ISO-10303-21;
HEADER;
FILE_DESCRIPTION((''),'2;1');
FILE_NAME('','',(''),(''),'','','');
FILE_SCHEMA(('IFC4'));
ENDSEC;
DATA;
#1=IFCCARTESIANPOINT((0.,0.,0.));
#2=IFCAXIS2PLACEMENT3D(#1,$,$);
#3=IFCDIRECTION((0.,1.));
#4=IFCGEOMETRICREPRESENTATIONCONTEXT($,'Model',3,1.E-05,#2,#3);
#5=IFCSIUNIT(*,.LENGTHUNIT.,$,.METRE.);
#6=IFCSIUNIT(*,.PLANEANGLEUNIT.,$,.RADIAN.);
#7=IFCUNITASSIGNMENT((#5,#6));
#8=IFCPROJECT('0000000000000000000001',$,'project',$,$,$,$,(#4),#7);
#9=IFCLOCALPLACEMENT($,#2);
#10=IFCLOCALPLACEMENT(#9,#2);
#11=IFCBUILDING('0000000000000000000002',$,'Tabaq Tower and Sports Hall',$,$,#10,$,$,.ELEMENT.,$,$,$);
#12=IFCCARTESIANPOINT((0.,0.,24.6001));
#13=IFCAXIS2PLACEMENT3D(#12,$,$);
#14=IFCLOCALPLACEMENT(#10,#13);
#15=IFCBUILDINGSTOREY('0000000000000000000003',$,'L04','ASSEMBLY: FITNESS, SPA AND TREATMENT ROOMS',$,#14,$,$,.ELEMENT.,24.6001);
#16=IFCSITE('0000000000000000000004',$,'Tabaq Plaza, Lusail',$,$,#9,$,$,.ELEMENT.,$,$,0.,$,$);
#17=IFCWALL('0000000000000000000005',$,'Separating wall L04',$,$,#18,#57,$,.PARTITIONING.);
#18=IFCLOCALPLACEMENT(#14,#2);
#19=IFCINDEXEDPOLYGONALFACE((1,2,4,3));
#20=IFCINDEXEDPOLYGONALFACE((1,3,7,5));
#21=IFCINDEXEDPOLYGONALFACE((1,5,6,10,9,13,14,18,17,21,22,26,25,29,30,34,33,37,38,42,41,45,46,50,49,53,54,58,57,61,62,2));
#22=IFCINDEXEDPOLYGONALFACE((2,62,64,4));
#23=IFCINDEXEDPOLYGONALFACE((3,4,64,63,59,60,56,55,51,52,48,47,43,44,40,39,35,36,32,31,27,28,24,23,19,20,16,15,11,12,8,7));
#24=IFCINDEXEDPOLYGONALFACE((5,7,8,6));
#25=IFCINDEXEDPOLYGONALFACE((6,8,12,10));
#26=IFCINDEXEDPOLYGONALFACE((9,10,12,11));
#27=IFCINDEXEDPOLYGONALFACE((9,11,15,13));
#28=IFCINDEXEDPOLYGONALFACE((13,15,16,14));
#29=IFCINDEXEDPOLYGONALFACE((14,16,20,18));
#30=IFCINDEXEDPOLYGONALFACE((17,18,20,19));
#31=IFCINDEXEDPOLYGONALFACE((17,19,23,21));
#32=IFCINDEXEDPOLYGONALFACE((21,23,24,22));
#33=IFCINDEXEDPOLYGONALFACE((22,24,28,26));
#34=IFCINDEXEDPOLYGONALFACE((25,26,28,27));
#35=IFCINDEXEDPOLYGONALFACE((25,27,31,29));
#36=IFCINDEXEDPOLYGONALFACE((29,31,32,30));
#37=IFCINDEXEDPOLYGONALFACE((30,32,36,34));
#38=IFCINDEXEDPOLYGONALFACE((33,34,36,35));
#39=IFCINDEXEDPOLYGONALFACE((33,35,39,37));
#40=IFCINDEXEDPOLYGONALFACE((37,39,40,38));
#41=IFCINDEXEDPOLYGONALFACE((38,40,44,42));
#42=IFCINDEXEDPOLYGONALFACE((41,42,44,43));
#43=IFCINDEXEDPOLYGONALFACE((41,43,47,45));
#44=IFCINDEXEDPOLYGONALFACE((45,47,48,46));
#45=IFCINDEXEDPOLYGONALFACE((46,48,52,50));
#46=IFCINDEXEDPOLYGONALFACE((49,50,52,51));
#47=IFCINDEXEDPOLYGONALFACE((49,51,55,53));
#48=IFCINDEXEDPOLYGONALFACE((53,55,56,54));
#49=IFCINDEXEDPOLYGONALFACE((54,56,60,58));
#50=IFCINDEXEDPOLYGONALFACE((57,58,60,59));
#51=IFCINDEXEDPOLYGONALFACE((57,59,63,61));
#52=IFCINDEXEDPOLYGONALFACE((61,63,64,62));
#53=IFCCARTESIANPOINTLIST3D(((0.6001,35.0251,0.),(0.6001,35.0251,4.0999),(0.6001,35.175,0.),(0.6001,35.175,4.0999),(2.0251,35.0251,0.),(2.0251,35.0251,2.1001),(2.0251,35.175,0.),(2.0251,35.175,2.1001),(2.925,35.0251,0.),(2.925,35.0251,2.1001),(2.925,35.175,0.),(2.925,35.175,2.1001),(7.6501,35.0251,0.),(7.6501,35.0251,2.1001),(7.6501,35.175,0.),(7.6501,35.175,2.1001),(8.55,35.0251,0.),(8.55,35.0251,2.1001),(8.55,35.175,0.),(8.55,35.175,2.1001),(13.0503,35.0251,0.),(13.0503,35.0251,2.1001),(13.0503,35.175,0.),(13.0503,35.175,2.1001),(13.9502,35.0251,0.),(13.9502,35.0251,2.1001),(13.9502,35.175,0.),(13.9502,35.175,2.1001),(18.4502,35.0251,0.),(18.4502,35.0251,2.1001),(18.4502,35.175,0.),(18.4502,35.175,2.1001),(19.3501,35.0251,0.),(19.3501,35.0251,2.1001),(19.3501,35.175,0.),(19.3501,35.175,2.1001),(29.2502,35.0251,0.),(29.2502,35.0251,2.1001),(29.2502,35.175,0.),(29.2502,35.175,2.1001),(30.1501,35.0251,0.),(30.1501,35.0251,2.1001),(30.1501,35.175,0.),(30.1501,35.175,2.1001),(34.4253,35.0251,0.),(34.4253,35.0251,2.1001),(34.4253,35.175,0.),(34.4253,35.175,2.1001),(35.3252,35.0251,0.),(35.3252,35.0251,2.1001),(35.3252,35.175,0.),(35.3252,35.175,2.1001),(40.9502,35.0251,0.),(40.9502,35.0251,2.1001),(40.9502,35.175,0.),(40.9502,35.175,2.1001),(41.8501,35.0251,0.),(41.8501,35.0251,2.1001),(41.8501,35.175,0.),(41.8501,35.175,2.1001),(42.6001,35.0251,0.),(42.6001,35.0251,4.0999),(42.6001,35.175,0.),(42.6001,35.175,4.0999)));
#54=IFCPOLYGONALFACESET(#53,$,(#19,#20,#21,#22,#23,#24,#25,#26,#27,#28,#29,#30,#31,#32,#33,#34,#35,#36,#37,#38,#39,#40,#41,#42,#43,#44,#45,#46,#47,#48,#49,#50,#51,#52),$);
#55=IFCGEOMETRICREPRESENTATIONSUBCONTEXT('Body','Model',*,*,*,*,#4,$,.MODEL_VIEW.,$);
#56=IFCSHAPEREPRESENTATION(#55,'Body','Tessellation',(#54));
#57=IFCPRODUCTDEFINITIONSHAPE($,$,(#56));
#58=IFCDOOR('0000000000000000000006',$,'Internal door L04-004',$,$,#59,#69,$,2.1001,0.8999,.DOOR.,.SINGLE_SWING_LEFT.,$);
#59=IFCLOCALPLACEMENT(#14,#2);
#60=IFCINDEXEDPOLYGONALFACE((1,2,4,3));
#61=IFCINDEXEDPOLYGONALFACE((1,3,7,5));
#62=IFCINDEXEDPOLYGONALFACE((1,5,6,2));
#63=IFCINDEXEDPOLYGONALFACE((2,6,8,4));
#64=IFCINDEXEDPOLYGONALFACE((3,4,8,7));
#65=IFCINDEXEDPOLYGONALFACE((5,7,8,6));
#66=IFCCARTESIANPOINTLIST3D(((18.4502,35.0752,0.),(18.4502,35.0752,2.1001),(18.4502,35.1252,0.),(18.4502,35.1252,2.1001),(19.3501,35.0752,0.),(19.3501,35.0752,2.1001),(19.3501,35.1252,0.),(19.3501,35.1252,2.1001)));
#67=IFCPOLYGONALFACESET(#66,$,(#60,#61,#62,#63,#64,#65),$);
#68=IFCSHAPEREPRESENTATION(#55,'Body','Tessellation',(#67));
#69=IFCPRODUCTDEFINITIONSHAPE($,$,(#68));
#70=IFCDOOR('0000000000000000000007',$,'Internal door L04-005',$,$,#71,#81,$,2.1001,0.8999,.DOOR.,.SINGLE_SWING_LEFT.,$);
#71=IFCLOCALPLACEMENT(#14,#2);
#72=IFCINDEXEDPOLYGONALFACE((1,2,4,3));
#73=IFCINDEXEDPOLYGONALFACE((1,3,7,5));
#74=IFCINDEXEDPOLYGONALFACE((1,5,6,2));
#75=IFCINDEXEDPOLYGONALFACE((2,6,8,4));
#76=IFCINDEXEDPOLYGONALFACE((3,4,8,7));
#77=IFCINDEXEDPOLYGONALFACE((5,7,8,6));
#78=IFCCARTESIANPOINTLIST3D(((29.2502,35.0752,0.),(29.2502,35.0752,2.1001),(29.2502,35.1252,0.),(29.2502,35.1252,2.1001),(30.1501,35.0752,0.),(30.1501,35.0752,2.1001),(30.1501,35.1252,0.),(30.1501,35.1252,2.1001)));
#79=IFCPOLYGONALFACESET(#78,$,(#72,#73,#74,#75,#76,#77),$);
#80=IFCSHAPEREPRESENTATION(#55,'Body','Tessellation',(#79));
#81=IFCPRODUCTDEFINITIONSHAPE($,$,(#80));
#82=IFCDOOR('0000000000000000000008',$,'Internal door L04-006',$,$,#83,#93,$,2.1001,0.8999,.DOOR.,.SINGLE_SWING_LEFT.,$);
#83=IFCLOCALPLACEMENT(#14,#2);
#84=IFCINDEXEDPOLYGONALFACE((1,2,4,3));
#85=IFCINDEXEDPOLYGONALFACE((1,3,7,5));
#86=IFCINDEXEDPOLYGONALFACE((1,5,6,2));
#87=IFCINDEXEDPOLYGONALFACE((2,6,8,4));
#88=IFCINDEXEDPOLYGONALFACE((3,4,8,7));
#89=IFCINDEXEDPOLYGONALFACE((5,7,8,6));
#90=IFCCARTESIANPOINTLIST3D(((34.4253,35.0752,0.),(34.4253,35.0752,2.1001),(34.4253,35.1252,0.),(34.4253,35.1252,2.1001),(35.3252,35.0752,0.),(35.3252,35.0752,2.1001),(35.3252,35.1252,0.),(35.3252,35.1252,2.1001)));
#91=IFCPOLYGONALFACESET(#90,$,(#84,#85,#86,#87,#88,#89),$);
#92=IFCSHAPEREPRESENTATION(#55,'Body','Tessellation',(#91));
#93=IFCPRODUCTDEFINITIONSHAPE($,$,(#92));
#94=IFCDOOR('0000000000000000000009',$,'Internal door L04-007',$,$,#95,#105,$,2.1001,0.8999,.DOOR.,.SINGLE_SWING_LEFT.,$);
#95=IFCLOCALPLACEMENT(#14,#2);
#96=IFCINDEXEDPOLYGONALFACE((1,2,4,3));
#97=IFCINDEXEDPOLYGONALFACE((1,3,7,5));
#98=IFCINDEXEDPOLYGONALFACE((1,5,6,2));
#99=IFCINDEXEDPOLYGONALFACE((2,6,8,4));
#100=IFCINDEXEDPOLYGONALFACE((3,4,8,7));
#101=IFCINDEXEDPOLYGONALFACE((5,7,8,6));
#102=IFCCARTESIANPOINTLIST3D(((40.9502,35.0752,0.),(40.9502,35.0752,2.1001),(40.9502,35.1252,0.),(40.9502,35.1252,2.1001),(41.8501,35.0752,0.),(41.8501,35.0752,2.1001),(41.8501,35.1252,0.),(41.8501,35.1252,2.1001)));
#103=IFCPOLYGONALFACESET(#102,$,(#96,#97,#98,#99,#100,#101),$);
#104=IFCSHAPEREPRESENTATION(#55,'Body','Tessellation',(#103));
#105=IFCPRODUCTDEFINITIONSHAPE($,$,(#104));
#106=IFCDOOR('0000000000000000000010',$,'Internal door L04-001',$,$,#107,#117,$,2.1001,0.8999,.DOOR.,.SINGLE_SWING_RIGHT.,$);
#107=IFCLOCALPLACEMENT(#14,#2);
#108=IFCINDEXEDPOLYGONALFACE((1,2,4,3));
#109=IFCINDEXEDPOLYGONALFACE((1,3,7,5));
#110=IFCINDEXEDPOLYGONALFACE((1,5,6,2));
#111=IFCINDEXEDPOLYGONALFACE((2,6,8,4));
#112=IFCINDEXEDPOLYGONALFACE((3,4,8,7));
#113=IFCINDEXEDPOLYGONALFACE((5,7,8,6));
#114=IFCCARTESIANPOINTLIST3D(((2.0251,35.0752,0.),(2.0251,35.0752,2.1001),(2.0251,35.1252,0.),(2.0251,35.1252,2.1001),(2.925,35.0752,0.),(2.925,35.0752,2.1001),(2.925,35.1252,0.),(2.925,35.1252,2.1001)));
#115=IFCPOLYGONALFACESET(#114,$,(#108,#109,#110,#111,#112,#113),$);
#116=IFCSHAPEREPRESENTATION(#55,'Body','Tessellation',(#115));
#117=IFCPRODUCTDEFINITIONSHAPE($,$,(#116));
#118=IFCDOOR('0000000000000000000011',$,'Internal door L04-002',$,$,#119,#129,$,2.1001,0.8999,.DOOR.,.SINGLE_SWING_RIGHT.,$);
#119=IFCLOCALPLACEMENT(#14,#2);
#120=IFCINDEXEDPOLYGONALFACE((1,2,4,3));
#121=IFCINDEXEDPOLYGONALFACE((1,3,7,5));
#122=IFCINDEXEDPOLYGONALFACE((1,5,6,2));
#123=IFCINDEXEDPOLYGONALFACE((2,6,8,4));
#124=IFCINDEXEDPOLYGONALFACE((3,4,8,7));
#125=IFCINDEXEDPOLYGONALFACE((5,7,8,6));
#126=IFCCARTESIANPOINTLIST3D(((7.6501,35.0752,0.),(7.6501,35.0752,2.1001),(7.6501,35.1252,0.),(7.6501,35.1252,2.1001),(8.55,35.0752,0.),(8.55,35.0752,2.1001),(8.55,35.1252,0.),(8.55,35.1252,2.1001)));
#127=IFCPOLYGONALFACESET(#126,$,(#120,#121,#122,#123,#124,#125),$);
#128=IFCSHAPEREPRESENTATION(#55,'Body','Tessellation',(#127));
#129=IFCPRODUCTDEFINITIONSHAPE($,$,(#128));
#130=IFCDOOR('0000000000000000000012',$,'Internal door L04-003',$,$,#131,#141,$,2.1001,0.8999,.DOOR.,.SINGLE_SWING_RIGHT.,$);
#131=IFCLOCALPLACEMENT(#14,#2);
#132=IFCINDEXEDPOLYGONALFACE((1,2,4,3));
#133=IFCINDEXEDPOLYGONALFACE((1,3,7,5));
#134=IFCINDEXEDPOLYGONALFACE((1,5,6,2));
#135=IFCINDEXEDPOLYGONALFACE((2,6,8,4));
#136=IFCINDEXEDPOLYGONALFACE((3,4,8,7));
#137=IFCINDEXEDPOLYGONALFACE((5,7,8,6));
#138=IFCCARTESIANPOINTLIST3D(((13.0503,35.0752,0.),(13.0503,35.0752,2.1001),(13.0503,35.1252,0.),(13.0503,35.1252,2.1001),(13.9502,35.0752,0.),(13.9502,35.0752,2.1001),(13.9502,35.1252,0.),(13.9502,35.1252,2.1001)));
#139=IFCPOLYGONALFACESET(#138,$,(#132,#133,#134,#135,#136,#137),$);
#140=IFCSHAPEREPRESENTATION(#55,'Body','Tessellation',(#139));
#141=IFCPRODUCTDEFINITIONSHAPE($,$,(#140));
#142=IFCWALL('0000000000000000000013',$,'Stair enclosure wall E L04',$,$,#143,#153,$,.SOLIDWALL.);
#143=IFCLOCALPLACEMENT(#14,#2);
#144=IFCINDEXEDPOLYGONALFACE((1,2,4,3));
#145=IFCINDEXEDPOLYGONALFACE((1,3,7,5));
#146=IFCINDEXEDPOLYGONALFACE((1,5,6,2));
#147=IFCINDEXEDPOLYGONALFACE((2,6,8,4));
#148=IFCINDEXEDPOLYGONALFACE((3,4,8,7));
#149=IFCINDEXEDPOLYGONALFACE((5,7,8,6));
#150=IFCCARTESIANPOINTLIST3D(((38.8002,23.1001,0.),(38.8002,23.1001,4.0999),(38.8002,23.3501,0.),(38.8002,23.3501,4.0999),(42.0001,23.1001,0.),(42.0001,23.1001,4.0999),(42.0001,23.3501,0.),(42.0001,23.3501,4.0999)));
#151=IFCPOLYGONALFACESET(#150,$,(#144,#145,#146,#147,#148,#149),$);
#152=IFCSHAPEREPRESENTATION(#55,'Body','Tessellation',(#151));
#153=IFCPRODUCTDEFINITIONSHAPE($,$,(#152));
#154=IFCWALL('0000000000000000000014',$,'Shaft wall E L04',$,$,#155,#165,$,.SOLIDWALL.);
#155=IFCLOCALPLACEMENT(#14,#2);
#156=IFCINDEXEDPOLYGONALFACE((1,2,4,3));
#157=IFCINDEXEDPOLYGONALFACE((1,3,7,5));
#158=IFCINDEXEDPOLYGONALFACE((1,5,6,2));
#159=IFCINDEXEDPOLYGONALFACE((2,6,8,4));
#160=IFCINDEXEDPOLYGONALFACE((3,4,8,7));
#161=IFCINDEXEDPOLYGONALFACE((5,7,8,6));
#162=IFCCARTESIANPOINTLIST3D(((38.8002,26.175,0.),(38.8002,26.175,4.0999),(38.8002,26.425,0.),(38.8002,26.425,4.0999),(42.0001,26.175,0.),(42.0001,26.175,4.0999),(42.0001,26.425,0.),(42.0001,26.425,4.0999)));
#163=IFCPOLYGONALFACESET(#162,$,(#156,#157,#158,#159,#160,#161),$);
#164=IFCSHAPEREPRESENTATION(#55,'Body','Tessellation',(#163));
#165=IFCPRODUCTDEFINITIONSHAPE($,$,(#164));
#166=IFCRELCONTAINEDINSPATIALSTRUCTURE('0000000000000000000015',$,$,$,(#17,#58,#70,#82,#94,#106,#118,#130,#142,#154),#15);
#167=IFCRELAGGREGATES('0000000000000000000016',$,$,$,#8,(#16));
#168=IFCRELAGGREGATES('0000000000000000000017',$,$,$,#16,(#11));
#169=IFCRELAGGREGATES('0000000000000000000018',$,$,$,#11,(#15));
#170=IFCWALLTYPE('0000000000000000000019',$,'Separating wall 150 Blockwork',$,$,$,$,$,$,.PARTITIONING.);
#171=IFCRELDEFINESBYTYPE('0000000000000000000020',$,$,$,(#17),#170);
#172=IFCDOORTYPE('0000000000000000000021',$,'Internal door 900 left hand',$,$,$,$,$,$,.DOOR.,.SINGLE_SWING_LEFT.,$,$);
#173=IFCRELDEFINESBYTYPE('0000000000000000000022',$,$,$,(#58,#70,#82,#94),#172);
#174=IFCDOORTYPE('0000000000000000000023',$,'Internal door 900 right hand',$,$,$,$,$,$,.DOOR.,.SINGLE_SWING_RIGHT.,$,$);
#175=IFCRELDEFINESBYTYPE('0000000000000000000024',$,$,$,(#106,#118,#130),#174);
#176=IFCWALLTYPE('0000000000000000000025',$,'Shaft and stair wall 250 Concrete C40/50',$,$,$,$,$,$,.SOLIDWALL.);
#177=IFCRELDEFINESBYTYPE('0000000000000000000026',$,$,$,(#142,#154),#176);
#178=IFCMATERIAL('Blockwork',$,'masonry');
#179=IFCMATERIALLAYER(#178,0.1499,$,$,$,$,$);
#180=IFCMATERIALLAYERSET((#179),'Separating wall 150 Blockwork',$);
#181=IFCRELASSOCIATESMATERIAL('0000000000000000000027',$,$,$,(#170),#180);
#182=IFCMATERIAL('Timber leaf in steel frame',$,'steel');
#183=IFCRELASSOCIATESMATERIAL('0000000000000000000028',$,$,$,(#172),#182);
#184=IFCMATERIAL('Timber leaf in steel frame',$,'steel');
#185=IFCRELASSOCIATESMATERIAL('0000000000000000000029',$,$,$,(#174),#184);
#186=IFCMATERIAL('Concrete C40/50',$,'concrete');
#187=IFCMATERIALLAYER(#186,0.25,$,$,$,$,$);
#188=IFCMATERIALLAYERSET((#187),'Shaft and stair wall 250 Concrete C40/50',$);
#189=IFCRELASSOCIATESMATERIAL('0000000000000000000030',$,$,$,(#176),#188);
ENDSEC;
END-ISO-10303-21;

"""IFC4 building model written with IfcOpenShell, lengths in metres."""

from ifc_helpers import new_model, si_unit, direction, frame, frame_2d, origin, place, context, subcontext, project, spatial, rectangle, extrude, material, layer, layer_set, type_object, element, fill, save


model = new_model("IFC4")

# Units and contexts
model_context = context("Model", 3, precision=1e-05, world=origin(), true_north=direction((0.0, 1.0)))
body_context = subcontext(model_context, "Body", "Model", "MODEL_VIEW")
ifc_project = project(units=[si_unit("LENGTHUNIT", "METRE"), si_unit("PLANEANGLEUNIT", "RADIAN")], contexts=[model_context])

# Site, building, storey
site_placement = place(None, origin())
site = spatial("IfcSite", under=ifc_project, at=site_placement, Name="Tabaq Plaza, Lusail", CompositionType="ELEMENT", RefElevation=0.0)
building_placement = place(site_placement, origin())
building = spatial("IfcBuilding", under=site, at=building_placement, Name="Tabaq Tower and Sports Hall", CompositionType="ELEMENT")
storey_placement = place(building_placement, frame((0.0, 0.0, 24.6001)))
storey = spatial("IfcBuildingStorey", under=building, at=storey_placement, Name="L04", Description="ASSEMBLY: FITNESS, SPA AND TREATMENT ROOMS", CompositionType="ELEMENT", Elevation=24.6001)

# Wall, openings, doors
ifc_material_1 = material(Name="Blockwork", Category="masonry")
ifc_layer_1 = layer(ifc_material_1, 0.1499)
ifc_layer_set_1 = layer_set([ifc_layer_1], Name="Separating wall 150 Blockwork")
wall_type_1 = type_object("IfcWallType", Name="Separating wall 150 Blockwork", PredefinedType="PARTITIONING", material=ifc_layer_set_1)
wall_1_placement = place(storey_placement, frame((42.6001, 35.1001, 0.0), z_axis=(0.0, 0.0, 1.0), x_axis=(-1.0, 0.0, 0.0)))
wall_1 = element("IfcWall", 1, at=wall_1_placement, inside=storey, type_object=wall_type_1, Name="Separating wall L04", PredefinedType="PARTITIONING", context=body_context, shape_type="SweptSolid", body=[
    extrude(rectangle(XDim=42.0, YDim=0.1499, at=frame_2d((21.0, 0.0))), origin(), (0.0, 0.0, 1.0), 4.0999),
])
opening_1_placement = place(wall_1_placement, frame((39.675, 0.0, 0.0)))
opening_1 = element("IfcOpeningElement", 2, at=opening_1_placement, cuts=wall_1, PredefinedType="OPENING", context=body_context, shape_type="SweptSolid", body=[
    extrude(rectangle(XDim=0.8999, YDim=2.1001, at=frame_2d((0.45, 1.05))), frame((0.0, 0.075, 0.0), z_axis=(0.0, -1.0, 0.0), x_axis=(1.0, 0.0, 0.0)), (0.0, 0.0, 1.0), 0.1499),
])
opening_2_placement = place(wall_1_placement, frame((34.05, 0.0, 0.0)))
opening_2 = element("IfcOpeningElement", 3, at=opening_2_placement, cuts=wall_1, PredefinedType="OPENING", context=body_context, shape_type="SweptSolid", body=[
    extrude(rectangle(XDim=0.8999, YDim=2.1001, at=frame_2d((0.45, 1.05))), frame((0.0, 0.075, 0.0), z_axis=(0.0, -1.0, 0.0), x_axis=(1.0, 0.0, 0.0)), (0.0, 0.0, 1.0), 0.1499),
])
opening_3_placement = place(wall_1_placement, frame((28.6499, 0.0, 0.0)))
opening_3 = element("IfcOpeningElement", 4, at=opening_3_placement, cuts=wall_1, PredefinedType="OPENING", context=body_context, shape_type="SweptSolid", body=[
    extrude(rectangle(XDim=0.8999, YDim=2.1001, at=frame_2d((0.45, 1.05))), frame((0.0, 0.075, 0.0), z_axis=(0.0, -1.0, 0.0), x_axis=(1.0, 0.0, 0.0)), (0.0, 0.0, 1.0), 0.1499),
])
opening_4_placement = place(wall_1_placement, frame((23.25, 0.0, 0.0)))
opening_4 = element("IfcOpeningElement", 5, at=opening_4_placement, cuts=wall_1, PredefinedType="OPENING", context=body_context, shape_type="SweptSolid", body=[
    extrude(rectangle(XDim=0.8999, YDim=2.1001, at=frame_2d((0.45, 1.05))), frame((0.0, 0.075, 0.0), z_axis=(0.0, -1.0, 0.0), x_axis=(1.0, 0.0, 0.0)), (0.0, 0.0, 1.0), 0.1499),
])
opening_5_placement = place(wall_1_placement, frame((12.45, 0.0, 0.0)))
opening_5 = element("IfcOpeningElement", 6, at=opening_5_placement, cuts=wall_1, PredefinedType="OPENING", context=body_context, shape_type="SweptSolid", body=[
    extrude(rectangle(XDim=0.8999, YDim=2.1001, at=frame_2d((0.45, 1.05))), frame((0.0, 0.075, 0.0), z_axis=(0.0, -1.0, 0.0), x_axis=(1.0, 0.0, 0.0)), (0.0, 0.0, 1.0), 0.1499),
])
opening_6_placement = place(wall_1_placement, frame((7.2749, 0.0, 0.0)))
opening_6 = element("IfcOpeningElement", 7, at=opening_6_placement, cuts=wall_1, PredefinedType="OPENING", context=body_context, shape_type="SweptSolid", body=[
    extrude(rectangle(XDim=0.8999, YDim=2.1001, at=frame_2d((0.45, 1.05))), frame((0.0, 0.075, 0.0), z_axis=(0.0, -1.0, 0.0), x_axis=(1.0, 0.0, 0.0)), (0.0, 0.0, 1.0), 0.1499),
])
opening_7_placement = place(wall_1_placement, frame((0.75, 0.0, 0.0)))
opening_7 = element("IfcOpeningElement", 8, at=opening_7_placement, cuts=wall_1, PredefinedType="OPENING", context=body_context, shape_type="SweptSolid", body=[
    extrude(rectangle(XDim=0.8999, YDim=2.1001, at=frame_2d((0.45, 1.05))), frame((0.0, 0.075, 0.0), z_axis=(0.0, -1.0, 0.0), x_axis=(1.0, 0.0, 0.0)), (0.0, 0.0, 1.0), 0.1499),
])
ifc_material_2 = material(Name="Timber leaf in steel frame", Category="steel")
door_type_1 = type_object("IfcDoorType", Name="Internal door 900 left hand", OperationType="SINGLE_SWING_LEFT", PredefinedType="DOOR", material=ifc_material_2)
door_1_placement = place(opening_4_placement, origin())
door_1 = element("IfcDoor", 9, at=door_1_placement, inside=storey, type_object=door_type_1, Name="Internal door L04-004", OperationType="SINGLE_SWING_LEFT", OverallHeight=2.1001, OverallWidth=0.8999, PredefinedType="DOOR", context=body_context, shape_type="SweptSolid", body=[
    extrude(rectangle(XDim=0.8999, YDim=2.1001, at=frame_2d((0.45, 1.05))), frame((0.0, 0.0249, 0.0), z_axis=(0.0, -1.0, 0.0), x_axis=(1.0, 0.0, 0.0)), (0.0, 0.0, 1.0), 0.05),
])
fill(opening_4, door_1)
door_2_placement = place(opening_5_placement, origin())
door_2 = element("IfcDoor", 10, at=door_2_placement, inside=storey, type_object=door_type_1, Name="Internal door L04-005", OperationType="SINGLE_SWING_LEFT", OverallHeight=2.1001, OverallWidth=0.8999, PredefinedType="DOOR", context=body_context, shape_type="SweptSolid", body=[
    extrude(rectangle(XDim=0.8999, YDim=2.1001, at=frame_2d((0.45, 1.05))), frame((0.0, 0.0249, 0.0), z_axis=(0.0, -1.0, 0.0), x_axis=(1.0, 0.0, 0.0)), (0.0, 0.0, 1.0), 0.05),
])
fill(opening_5, door_2)
door_3_placement = place(opening_6_placement, origin())
door_3 = element("IfcDoor", 11, at=door_3_placement, inside=storey, type_object=door_type_1, Name="Internal door L04-006", OperationType="SINGLE_SWING_LEFT", OverallHeight=2.1001, OverallWidth=0.8999, PredefinedType="DOOR", context=body_context, shape_type="SweptSolid", body=[
    extrude(rectangle(XDim=0.8999, YDim=2.1001, at=frame_2d((0.45, 1.05))), frame((0.0, 0.0249, 0.0), z_axis=(0.0, -1.0, 0.0), x_axis=(1.0, 0.0, 0.0)), (0.0, 0.0, 1.0), 0.05),
])
fill(opening_6, door_3)
door_4_placement = place(opening_7_placement, origin())
door_4 = element("IfcDoor", 12, at=door_4_placement, inside=storey, type_object=door_type_1, Name="Internal door L04-007", OperationType="SINGLE_SWING_LEFT", OverallHeight=2.1001, OverallWidth=0.8999, PredefinedType="DOOR", context=body_context, shape_type="SweptSolid", body=[
    extrude(rectangle(XDim=0.8999, YDim=2.1001, at=frame_2d((0.45, 1.05))), frame((0.0, 0.0249, 0.0), z_axis=(0.0, -1.0, 0.0), x_axis=(1.0, 0.0, 0.0)), (0.0, 0.0, 1.0), 0.05),
])
fill(opening_7, door_4)
ifc_material_3 = material(Name="Timber leaf in steel frame", Category="steel")
door_type_2 = type_object("IfcDoorType", Name="Internal door 900 right hand", OperationType="SINGLE_SWING_RIGHT", PredefinedType="DOOR", material=ifc_material_3)
door_5_placement = place(opening_1_placement, origin())
door_5 = element("IfcDoor", 13, at=door_5_placement, inside=storey, type_object=door_type_2, Name="Internal door L04-001", OperationType="SINGLE_SWING_RIGHT", OverallHeight=2.1001, OverallWidth=0.8999, PredefinedType="DOOR", context=body_context, shape_type="SweptSolid", body=[
    extrude(rectangle(XDim=0.8999, YDim=2.1001, at=frame_2d((0.45, 1.05))), frame((0.0, 0.0249, 0.0), z_axis=(0.0, -1.0, 0.0), x_axis=(1.0, 0.0, 0.0)), (0.0, 0.0, 1.0), 0.05),
])
fill(opening_1, door_5)
door_6_placement = place(opening_2_placement, origin())
door_6 = element("IfcDoor", 14, at=door_6_placement, inside=storey, type_object=door_type_2, Name="Internal door L04-002", OperationType="SINGLE_SWING_RIGHT", OverallHeight=2.1001, OverallWidth=0.8999, PredefinedType="DOOR", context=body_context, shape_type="SweptSolid", body=[
    extrude(rectangle(XDim=0.8999, YDim=2.1001, at=frame_2d((0.45, 1.05))), frame((0.0, 0.0249, 0.0), z_axis=(0.0, -1.0, 0.0), x_axis=(1.0, 0.0, 0.0)), (0.0, 0.0, 1.0), 0.05),
])
fill(opening_2, door_6)
door_7_placement = place(opening_3_placement, origin())
door_7 = element("IfcDoor", 15, at=door_7_placement, inside=storey, type_object=door_type_2, Name="Internal door L04-003", OperationType="SINGLE_SWING_RIGHT", OverallHeight=2.1001, OverallWidth=0.8999, PredefinedType="DOOR", context=body_context, shape_type="SweptSolid", body=[
    extrude(rectangle(XDim=0.8999, YDim=2.1001, at=frame_2d((0.45, 1.05))), frame((0.0, 0.0249, 0.0), z_axis=(0.0, -1.0, 0.0), x_axis=(1.0, 0.0, 0.0)), (0.0, 0.0, 1.0), 0.05),
])
fill(opening_3, door_7)

# Walls
ifc_material_4 = material(Name="Concrete C40/50", Category="concrete")
ifc_layer_2 = layer(ifc_material_4, 0.25)
ifc_layer_set_2 = layer_set([ifc_layer_2], Name="Shaft and stair wall 250 Concrete C40/50")
wall_type_2 = type_object("IfcWallType", Name="Shaft and stair wall 250 Concrete C40/50", PredefinedType="SOLIDWALL", material=ifc_layer_set_2)
for number, where, z_axis, x_axis, name in (
    (16, (38.8, 23.2251, 0.0), (0.0, 0.0, 1.0), (1.0, 0.0, 0.0), "Stair enclosure wall E L04"),
    (17, (38.8, 26.3, 0.0), (0.0, 0.0, 1.0), (1.0, 0.0, 0.0), "Shaft wall E L04"),
):
    element("IfcWall", number, at=place(storey_placement, frame(where, z_axis=z_axis, x_axis=x_axis)), inside=storey, type_object=wall_type_2, Name=name, PredefinedType="SOLIDWALL", context=body_context, shape_type="SweptSolid", body=[
        extrude(rectangle(XDim=3.2, YDim=0.25, at=frame_2d((1.6001, 0.0))), origin(), (0.0, 0.0, 1.0), 4.0999),
    ])

save(model, "model.ifc")
